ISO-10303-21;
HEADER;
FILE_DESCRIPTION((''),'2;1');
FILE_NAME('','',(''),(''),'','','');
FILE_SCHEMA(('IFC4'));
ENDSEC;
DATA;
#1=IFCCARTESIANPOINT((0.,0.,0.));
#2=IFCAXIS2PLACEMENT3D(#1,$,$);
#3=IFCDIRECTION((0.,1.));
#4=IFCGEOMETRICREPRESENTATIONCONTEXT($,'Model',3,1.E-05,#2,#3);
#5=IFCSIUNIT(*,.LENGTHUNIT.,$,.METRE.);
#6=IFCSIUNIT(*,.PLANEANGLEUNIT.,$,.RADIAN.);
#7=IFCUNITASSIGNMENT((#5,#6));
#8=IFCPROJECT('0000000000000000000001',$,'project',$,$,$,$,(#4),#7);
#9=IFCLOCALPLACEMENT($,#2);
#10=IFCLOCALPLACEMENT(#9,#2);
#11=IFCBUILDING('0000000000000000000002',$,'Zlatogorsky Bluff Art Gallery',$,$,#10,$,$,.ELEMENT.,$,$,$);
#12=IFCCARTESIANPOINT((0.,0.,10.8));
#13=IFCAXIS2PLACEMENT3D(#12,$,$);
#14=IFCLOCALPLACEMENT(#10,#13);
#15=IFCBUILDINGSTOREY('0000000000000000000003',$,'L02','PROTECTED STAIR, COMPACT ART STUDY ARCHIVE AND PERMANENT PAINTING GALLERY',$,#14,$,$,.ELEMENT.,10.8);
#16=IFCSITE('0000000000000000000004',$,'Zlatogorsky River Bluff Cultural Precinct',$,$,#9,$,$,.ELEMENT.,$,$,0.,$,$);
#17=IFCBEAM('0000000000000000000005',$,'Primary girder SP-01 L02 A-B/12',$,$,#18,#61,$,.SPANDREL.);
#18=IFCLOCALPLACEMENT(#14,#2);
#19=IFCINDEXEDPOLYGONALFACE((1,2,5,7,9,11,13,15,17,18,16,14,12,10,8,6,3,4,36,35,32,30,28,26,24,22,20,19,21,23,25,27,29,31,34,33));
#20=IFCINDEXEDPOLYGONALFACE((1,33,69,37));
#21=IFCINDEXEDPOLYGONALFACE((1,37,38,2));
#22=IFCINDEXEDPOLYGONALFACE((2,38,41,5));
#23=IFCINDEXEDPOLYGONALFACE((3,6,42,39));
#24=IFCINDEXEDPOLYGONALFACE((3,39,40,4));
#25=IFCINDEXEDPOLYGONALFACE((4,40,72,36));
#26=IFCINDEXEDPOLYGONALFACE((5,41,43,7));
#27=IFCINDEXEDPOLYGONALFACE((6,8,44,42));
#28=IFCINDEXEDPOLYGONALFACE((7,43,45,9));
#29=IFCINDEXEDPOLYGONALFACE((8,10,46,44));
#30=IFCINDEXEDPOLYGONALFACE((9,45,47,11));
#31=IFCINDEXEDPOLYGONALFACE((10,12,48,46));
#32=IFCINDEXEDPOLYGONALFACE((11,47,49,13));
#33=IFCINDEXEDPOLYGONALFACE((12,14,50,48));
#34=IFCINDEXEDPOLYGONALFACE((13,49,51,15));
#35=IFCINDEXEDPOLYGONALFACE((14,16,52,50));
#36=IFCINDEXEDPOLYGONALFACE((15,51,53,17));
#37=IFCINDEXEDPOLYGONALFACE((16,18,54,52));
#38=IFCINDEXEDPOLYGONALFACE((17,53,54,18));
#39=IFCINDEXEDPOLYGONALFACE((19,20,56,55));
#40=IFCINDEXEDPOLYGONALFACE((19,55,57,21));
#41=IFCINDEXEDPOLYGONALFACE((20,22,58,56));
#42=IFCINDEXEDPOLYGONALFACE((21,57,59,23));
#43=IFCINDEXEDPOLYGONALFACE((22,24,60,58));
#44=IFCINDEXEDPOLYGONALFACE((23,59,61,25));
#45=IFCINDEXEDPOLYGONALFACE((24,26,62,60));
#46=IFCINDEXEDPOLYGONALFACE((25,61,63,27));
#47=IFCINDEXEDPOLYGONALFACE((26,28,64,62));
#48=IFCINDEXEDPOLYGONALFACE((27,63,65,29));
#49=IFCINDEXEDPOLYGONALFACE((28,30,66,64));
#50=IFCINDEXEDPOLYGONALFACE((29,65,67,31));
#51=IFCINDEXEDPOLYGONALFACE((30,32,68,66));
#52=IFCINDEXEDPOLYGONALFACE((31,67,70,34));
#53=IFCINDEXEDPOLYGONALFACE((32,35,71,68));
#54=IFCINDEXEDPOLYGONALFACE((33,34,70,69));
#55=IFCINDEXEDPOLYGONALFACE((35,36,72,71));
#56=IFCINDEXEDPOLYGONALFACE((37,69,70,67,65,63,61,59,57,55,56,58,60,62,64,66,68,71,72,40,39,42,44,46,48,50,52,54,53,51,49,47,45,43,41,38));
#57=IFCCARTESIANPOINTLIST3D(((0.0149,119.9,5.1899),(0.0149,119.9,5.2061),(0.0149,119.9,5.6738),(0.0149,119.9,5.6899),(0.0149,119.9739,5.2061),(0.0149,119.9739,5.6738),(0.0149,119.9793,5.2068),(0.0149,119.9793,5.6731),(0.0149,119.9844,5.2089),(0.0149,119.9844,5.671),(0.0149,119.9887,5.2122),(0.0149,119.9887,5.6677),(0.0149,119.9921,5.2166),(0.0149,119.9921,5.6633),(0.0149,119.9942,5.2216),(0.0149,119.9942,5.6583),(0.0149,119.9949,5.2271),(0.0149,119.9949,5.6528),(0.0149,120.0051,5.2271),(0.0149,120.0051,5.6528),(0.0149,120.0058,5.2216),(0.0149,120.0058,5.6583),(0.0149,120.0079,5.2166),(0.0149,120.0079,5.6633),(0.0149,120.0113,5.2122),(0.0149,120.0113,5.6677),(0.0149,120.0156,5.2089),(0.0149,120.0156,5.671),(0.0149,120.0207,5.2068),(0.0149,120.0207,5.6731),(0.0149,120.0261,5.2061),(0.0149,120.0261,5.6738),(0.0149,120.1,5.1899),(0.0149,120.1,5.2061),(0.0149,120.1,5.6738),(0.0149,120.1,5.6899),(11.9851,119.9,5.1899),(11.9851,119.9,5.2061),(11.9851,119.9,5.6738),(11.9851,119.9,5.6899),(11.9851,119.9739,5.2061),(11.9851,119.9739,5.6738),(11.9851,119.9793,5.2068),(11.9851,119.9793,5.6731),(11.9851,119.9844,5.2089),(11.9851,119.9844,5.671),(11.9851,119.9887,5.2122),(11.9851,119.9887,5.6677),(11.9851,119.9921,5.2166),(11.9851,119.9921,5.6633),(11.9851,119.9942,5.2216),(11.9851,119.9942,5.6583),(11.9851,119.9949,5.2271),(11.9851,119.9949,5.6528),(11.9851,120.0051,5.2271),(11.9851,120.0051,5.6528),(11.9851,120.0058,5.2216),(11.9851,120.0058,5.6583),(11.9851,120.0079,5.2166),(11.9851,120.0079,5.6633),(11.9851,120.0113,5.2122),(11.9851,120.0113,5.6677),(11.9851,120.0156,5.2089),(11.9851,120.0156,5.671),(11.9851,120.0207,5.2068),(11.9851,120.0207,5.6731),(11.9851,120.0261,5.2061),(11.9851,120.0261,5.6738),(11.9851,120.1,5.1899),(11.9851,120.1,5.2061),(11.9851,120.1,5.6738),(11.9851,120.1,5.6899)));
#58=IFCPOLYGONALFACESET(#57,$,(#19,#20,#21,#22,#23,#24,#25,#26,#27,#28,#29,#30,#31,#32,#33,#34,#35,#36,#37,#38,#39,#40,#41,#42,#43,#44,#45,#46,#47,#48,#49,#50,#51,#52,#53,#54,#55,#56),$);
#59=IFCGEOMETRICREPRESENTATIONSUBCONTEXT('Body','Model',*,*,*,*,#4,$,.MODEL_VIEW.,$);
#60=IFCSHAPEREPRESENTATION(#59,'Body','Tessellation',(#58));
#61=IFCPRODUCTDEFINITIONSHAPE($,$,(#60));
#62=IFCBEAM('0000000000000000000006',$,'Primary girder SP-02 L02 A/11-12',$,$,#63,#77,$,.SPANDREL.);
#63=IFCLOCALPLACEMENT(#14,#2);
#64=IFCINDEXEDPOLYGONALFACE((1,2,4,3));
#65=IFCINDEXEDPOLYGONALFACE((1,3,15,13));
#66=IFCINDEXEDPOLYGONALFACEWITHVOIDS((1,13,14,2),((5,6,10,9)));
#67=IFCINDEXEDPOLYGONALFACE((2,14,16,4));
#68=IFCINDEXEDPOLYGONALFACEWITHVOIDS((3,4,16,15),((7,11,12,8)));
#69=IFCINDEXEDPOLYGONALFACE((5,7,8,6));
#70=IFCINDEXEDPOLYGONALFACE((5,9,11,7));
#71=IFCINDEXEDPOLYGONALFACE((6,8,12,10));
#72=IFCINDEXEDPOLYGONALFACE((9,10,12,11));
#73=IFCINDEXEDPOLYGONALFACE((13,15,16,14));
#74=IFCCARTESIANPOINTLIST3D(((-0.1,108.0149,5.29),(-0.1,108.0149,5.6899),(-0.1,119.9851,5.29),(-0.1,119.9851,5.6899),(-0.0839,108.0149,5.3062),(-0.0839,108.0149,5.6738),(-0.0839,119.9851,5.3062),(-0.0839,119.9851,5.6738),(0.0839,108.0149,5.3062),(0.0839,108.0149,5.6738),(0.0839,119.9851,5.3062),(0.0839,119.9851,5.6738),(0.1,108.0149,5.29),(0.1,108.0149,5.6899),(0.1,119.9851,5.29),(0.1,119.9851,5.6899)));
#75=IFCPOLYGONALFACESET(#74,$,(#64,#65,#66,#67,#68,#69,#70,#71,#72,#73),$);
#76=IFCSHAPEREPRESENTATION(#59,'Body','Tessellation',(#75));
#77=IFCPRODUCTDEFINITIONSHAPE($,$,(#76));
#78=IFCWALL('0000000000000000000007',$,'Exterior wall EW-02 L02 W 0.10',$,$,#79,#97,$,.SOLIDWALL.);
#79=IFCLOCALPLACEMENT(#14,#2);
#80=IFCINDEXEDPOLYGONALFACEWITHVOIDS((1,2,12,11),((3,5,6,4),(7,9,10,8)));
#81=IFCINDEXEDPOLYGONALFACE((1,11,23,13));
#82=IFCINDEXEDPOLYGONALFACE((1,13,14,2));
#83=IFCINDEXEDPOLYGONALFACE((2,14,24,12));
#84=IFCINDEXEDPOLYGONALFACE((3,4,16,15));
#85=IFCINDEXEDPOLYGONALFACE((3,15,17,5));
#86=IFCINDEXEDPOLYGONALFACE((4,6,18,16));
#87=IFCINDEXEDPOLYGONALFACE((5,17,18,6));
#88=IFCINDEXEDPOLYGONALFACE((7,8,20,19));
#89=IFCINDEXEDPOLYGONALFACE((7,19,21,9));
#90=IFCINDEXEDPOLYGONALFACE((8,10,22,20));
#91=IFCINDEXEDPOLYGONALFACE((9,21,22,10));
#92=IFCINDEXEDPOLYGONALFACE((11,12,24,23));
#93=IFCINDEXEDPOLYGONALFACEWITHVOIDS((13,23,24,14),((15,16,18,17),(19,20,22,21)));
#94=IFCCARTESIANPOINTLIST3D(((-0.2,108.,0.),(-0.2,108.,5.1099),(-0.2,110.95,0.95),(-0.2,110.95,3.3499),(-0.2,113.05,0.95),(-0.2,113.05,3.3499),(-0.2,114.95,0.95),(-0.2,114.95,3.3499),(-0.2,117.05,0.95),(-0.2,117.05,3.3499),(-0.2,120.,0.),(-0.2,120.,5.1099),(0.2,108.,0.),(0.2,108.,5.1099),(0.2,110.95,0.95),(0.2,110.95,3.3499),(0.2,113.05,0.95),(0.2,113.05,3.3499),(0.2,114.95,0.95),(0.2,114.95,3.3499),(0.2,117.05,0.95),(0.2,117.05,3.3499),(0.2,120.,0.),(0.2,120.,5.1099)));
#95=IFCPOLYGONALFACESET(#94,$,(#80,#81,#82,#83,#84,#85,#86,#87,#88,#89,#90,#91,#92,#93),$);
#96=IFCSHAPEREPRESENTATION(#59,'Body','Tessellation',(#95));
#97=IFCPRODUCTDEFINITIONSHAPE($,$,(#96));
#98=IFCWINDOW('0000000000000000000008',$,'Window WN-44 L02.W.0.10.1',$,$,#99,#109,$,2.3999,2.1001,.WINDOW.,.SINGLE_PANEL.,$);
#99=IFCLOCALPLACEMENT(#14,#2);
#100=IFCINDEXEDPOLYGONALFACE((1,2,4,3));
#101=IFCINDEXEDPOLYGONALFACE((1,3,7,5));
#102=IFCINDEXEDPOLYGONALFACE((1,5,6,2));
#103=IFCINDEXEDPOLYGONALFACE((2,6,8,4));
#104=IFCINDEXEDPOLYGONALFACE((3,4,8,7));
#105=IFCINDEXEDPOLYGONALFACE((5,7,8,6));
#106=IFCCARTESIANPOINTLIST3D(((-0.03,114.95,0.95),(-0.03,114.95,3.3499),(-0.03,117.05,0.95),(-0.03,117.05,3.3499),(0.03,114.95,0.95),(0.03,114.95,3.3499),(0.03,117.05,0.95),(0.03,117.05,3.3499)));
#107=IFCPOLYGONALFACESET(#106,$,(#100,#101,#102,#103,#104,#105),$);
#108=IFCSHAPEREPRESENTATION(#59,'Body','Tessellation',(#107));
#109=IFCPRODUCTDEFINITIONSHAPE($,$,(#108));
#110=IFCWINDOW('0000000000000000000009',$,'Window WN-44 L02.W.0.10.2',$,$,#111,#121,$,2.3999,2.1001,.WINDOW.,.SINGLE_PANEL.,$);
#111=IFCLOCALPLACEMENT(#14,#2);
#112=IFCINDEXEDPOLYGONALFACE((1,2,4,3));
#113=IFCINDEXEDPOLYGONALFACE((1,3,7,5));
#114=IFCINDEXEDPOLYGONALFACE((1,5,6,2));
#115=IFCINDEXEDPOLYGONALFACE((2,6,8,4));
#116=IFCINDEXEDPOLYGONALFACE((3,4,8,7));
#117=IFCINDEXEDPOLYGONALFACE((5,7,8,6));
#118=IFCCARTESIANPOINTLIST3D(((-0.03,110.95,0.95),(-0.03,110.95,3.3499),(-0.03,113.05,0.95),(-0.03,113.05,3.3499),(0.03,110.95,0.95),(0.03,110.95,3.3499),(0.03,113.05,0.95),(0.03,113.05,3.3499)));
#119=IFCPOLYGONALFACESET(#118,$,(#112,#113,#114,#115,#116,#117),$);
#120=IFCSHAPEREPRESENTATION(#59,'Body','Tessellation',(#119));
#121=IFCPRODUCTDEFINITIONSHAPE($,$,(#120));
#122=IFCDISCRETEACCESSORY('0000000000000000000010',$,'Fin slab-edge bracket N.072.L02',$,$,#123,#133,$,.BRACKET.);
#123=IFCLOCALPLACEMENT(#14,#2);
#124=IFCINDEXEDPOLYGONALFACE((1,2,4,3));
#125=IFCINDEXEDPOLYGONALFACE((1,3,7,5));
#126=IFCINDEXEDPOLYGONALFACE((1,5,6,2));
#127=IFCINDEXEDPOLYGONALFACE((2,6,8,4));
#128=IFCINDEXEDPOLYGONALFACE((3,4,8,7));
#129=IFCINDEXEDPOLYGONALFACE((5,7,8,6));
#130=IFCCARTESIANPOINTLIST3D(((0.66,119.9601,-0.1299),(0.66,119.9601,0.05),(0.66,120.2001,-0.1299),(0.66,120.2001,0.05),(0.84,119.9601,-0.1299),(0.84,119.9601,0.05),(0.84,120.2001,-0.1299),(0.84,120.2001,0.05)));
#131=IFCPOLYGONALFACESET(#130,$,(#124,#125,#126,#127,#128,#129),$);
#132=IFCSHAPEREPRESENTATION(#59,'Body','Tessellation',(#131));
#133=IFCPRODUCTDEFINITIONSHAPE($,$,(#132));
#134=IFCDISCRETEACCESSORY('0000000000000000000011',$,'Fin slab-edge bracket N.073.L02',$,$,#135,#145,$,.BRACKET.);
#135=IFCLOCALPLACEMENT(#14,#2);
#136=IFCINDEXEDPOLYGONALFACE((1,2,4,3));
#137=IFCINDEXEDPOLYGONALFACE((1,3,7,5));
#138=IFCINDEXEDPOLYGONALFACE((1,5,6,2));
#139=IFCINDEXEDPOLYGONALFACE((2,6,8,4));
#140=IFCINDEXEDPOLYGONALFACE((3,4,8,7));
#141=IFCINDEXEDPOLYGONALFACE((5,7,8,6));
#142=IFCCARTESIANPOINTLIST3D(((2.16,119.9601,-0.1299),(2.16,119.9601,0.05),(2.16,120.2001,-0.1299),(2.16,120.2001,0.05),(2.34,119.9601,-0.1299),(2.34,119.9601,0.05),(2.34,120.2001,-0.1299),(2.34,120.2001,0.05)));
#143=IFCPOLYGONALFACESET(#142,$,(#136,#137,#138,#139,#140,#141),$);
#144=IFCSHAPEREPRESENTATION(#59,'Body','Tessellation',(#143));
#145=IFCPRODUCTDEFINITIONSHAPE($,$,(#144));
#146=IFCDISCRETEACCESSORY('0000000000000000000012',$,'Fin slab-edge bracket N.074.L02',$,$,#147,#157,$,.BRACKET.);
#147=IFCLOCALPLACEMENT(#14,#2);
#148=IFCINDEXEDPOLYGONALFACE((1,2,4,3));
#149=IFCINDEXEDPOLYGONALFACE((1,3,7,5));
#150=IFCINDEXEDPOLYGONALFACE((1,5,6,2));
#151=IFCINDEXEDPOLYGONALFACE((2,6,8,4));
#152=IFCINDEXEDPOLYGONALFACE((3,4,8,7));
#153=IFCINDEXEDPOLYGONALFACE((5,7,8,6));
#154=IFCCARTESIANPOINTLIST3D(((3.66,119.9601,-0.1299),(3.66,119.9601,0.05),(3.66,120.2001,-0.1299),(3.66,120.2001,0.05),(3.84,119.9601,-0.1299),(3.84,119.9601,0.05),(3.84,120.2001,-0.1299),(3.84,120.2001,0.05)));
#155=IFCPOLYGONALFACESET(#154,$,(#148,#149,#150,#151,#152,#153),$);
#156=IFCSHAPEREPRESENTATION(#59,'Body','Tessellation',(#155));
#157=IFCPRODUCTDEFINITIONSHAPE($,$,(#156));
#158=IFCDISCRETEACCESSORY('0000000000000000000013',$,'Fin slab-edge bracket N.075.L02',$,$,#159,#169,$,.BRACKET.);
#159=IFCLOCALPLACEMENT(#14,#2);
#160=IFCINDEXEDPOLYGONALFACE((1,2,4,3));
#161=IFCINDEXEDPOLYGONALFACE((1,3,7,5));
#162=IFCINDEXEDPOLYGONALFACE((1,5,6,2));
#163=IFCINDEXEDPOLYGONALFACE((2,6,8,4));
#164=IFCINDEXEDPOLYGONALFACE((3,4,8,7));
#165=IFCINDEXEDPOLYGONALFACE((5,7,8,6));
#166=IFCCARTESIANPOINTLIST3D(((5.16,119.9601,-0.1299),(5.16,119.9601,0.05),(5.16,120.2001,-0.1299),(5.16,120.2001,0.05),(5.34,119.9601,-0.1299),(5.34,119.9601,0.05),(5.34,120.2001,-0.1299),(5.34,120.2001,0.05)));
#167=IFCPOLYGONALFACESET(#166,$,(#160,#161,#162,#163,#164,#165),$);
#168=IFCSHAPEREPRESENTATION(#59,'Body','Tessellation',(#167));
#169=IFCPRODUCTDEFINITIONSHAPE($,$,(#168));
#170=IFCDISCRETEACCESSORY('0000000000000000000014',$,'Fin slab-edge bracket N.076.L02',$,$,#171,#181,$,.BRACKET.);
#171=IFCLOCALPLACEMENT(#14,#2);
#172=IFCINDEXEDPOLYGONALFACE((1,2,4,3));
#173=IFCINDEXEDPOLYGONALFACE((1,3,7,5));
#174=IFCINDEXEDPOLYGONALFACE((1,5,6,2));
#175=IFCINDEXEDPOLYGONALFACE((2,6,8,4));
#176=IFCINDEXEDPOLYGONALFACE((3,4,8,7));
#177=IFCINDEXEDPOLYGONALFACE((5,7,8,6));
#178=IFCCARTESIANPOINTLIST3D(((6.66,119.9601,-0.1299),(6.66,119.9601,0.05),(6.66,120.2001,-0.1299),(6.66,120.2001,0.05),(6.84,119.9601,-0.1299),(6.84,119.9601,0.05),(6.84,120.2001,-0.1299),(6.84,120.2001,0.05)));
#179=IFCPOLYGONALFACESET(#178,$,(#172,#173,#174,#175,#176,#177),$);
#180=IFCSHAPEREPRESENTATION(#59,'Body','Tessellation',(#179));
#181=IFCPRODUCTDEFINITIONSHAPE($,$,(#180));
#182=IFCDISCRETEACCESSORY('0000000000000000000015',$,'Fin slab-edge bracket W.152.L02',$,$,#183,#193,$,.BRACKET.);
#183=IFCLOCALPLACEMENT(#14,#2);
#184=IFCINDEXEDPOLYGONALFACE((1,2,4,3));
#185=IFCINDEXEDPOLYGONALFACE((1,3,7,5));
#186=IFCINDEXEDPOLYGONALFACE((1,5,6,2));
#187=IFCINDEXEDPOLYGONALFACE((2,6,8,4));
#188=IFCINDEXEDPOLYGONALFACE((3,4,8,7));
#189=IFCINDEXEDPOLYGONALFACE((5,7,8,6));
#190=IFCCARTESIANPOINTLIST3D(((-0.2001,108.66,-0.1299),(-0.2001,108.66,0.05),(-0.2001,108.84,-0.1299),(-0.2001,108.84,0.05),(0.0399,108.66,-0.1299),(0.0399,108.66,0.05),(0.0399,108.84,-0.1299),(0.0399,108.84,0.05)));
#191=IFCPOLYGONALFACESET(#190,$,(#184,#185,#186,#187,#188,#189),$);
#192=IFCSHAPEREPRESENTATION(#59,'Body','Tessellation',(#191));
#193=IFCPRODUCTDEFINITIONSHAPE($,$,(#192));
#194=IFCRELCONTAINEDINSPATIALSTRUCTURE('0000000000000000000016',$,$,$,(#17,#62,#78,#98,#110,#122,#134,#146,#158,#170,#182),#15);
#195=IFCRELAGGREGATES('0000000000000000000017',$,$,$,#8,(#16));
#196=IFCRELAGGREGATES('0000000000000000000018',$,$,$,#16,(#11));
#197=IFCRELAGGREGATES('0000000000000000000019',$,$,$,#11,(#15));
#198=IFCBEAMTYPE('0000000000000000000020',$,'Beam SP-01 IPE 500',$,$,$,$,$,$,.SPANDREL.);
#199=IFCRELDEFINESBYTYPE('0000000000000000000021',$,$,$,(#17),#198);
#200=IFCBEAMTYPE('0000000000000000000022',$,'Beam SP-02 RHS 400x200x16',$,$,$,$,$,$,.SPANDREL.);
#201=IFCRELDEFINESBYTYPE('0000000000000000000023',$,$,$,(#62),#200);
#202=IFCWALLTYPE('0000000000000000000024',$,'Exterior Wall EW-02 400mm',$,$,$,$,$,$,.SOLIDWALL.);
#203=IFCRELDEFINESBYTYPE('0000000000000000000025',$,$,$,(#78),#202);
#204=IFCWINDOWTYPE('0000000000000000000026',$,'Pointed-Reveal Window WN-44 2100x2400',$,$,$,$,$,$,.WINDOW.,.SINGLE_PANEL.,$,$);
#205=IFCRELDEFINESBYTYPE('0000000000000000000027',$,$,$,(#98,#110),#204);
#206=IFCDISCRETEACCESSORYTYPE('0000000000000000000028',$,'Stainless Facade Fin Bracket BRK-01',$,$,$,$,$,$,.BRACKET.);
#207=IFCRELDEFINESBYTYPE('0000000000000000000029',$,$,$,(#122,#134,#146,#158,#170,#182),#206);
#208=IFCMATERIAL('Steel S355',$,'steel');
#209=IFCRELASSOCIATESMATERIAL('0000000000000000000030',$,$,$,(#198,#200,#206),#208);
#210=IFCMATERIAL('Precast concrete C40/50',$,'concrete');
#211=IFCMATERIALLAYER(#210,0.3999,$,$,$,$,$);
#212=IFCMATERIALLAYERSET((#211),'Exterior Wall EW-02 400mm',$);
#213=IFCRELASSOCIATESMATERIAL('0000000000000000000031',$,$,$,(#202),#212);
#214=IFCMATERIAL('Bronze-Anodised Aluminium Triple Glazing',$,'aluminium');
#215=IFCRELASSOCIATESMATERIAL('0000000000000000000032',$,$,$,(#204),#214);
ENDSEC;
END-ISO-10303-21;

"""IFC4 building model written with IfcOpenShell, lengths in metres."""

from ifc_helpers import new_model, si_unit, direction, frame, frame_2d, origin, origin_2d, place, context, subcontext, project, spatial, rectangle, hollow_rectangle, i_section, extrude, material, layer, layer_set, material_profile, profile_set, type_object, element, fill, save


model = new_model("IFC4")

# Units and contexts
model_context = context("Model", 3, precision=1e-05, world=origin(), true_north=direction((0.0, 1.0)))
body_context = subcontext(model_context, "Body", "Model", "MODEL_VIEW")
ifc_project = project(units=[si_unit("LENGTHUNIT", "METRE"), si_unit("PLANEANGLEUNIT", "RADIAN")], contexts=[model_context])

# Site, building, storey
site_placement = place(None, origin())
site = spatial("IfcSite", under=ifc_project, at=site_placement, Name="Zlatogorsky River Bluff Cultural Precinct", CompositionType="ELEMENT", RefElevation=0.0)
building_placement = place(site_placement, origin())
building = spatial("IfcBuilding", under=site, at=building_placement, Name="Zlatogorsky Bluff Art Gallery", CompositionType="ELEMENT")
storey_placement = place(building_placement, frame((0.0, 0.0, 10.8)))
storey = spatial("IfcBuildingStorey", under=building, at=storey_placement, Name="L02", Description="PROTECTED STAIR, COMPACT ART STUDY ARCHIVE AND PERMANENT PAINTING GALLERY", CompositionType="ELEMENT", Elevation=10.8)

# Shared definitions
ifc_material_1 = material(Name="Steel S355", Category="steel")

# Beams
ifc_material_profile_1 = material_profile(ifc_material_1, i_section(OverallWidth=0.2, OverallDepth=0.5, WebThickness=0.0103, FlangeThickness=0.0161, FilletRadius=0.021, at=origin_2d()), Name="IPE 500")
ifc_profile_set_1 = profile_set([ifc_material_profile_1], Name="Steel S355")
beam_type_1 = type_object("IfcBeamType", Name="Beam SP-01 IPE 500", PredefinedType="SPANDREL", material=ifc_profile_set_1)
beam_1_placement = place(storey_placement, frame((0.0149, 120.0, 5.4399), z_axis=(1.0, 0.0, 0.0), x_axis=(0.0, 1.0, 0.0)))
element("IfcBeam", 1, at=beam_1_placement, inside=storey, type_object=beam_type_1, Name="Primary girder SP-01 L02 A-B/12", PredefinedType="SPANDREL", context=body_context, shape_type="SweptSolid", body=[
    extrude(i_section(OverallWidth=0.2, OverallDepth=0.5, WebThickness=0.0103, FlangeThickness=0.0161, FilletRadius=0.021, at=origin_2d()), origin(), (0.0, 0.0, 1.0), 11.9702),
])
ifc_material_profile_2 = material_profile(ifc_material_1, hollow_rectangle(XDim=0.2, YDim=0.3999, WallThickness=0.0161, at=origin_2d()), Name="RHS 400x200x16")
ifc_profile_set_2 = profile_set([ifc_material_profile_2], Name="Steel S355")
beam_type_2 = type_object("IfcBeamType", Name="Beam SP-02 RHS 400x200x16", PredefinedType="SPANDREL", material=ifc_profile_set_2)
beam_2_placement = place(storey_placement, frame((0.0, 108.0149, 5.49), z_axis=(0.0, 1.0, 0.0), x_axis=(-1.0, 0.0, 0.0)))
element("IfcBeam", 2, at=beam_2_placement, inside=storey, type_object=beam_type_2, Name="Primary girder SP-02 L02 A/11-12", PredefinedType="SPANDREL", context=body_context, shape_type="SweptSolid", body=[
    extrude(hollow_rectangle(XDim=0.2, YDim=0.3999, WallThickness=0.0161, at=origin_2d()), origin(), (0.0, 0.0, 1.0), 11.9702),
])

# Wall, openings, windows
ifc_material_2 = material(Name="Precast concrete C40/50", Category="concrete")
ifc_layer = layer(ifc_material_2, 0.3999)
ifc_layer_set = layer_set([ifc_layer], Name="Exterior Wall EW-02 400mm")
wall_type = type_object("IfcWallType", Name="Exterior Wall EW-02 400mm", PredefinedType="SOLIDWALL", material=ifc_layer_set)
wall_placement = place(storey_placement, frame((0.0, 120.0, 0.0), z_axis=(0.0, 0.0, 1.0), x_axis=(0.0, -1.0, 0.0)))
wall = element("IfcWall", 3, at=wall_placement, inside=storey, type_object=wall_type, Name="Exterior wall EW-02 L02 W 0.10", PredefinedType="SOLIDWALL", context=body_context, shape_type="SweptSolid", body=[
    extrude(rectangle(XDim=12.0, YDim=0.3999, at=frame_2d((6.0, 0.0))), origin(), (0.0, 0.0, 1.0), 5.1099),
])
opening_1_placement = place(wall_placement, frame((2.95, 0.0, 0.95)))
opening_1 = element("IfcOpeningElement", 4, at=opening_1_placement, cuts=wall, PredefinedType="OPENING", context=body_context, shape_type="SweptSolid", body=[
    extrude(rectangle(XDim=2.1001, YDim=2.3999, at=frame_2d((1.05, 1.2))), frame((0.0, 0.21, 0.0), z_axis=(0.0, -1.0, 0.0), x_axis=(1.0, 0.0, 0.0)), (0.0, 0.0, 1.0), 0.4199),
])
opening_2_placement = place(wall_placement, frame((6.95, 0.0, 0.95)))
opening_2 = element("IfcOpeningElement", 5, at=opening_2_placement, cuts=wall, PredefinedType="OPENING", context=body_context, shape_type="SweptSolid", body=[
    extrude(rectangle(XDim=2.1001, YDim=2.3999, at=frame_2d((1.05, 1.2))), frame((0.0, 0.21, 0.0), z_axis=(0.0, -1.0, 0.0), x_axis=(1.0, 0.0, 0.0)), (0.0, 0.0, 1.0), 0.4199),
])
ifc_material_3 = material(Name="Bronze-Anodised Aluminium Triple Glazing", Category="aluminium")
window_type = type_object("IfcWindowType", Name="Pointed-Reveal Window WN-44 2100x2400", PartitioningType="SINGLE_PANEL", PredefinedType="WINDOW", material=ifc_material_3)
window_1_placement = place(opening_1_placement, origin())
window_1 = element("IfcWindow", 6, at=window_1_placement, inside=storey, type_object=window_type, Name="Window WN-44 L02.W.0.10.1", OverallHeight=2.3999, OverallWidth=2.1001, PartitioningType="SINGLE_PANEL", PredefinedType="WINDOW", context=body_context, shape_type="SweptSolid", body=[
    extrude(rectangle(XDim=2.1001, YDim=2.3999, at=frame_2d((1.05, 1.2))), frame((0.0, 0.03, 0.0), z_axis=(0.0, -1.0, 0.0), x_axis=(1.0, 0.0, 0.0)), (0.0, 0.0, 1.0), 0.0601),
])
fill(opening_1, window_1)
window_2_placement = place(opening_2_placement, origin())
window_2 = element("IfcWindow", 7, at=window_2_placement, inside=storey, type_object=window_type, Name="Window WN-44 L02.W.0.10.2", OverallHeight=2.3999, OverallWidth=2.1001, PartitioningType="SINGLE_PANEL", PredefinedType="WINDOW", context=body_context, shape_type="SweptSolid", body=[
    extrude(rectangle(XDim=2.1001, YDim=2.3999, at=frame_2d((1.05, 1.2))), frame((0.0, 0.03, 0.0), z_axis=(0.0, -1.0, 0.0), x_axis=(1.0, 0.0, 0.0)), (0.0, 0.0, 1.0), 0.0601),
])
fill(opening_2, window_2)

# Discrete accessories
discrete_accessory_type = type_object("IfcDiscreteAccessoryType", Name="Stainless Facade Fin Bracket BRK-01", PredefinedType="BRACKET", material=ifc_material_1)
for number, where, z_axis, x_axis, name in (
    (8, (0.75, 120.0801, -0.1299), (0.0, 0.0, 1.0), (1.0, 0.0, 0.0), "Fin slab-edge bracket N.072.L02"),
    (9, (2.25, 120.0801, -0.1299), (0.0, 0.0, 1.0), (1.0, 0.0, 0.0), "Fin slab-edge bracket N.073.L02"),
    (10, (3.75, 120.0801, -0.1299), (0.0, 0.0, 1.0), (1.0, 0.0, 0.0), "Fin slab-edge bracket N.074.L02"),
    (11, (5.25, 120.0801, -0.1299), (0.0, 0.0, 1.0), (1.0, 0.0, 0.0), "Fin slab-edge bracket N.075.L02"),
    (12, (6.75, 120.0801, -0.1299), (0.0, 0.0, 1.0), (1.0, 0.0, 0.0), "Fin slab-edge bracket N.076.L02"),
):
    element("IfcDiscreteAccessory", number, at=place(storey_placement, frame(where, z_axis=z_axis, x_axis=x_axis)), inside=storey, type_object=discrete_accessory_type, Name=name, PredefinedType="BRACKET", context=body_context, shape_type="SweptSolid", body=[
        extrude(rectangle(XDim=0.1799, YDim=0.24, at=origin_2d()), origin(), (0.0, 0.0, 1.0), 0.1799),
    ])
for number, where, z_axis, x_axis, name in (
    (13, (-0.0801, 108.75, -0.1299), (0.0, 0.0, 1.0), (1.0, 0.0, 0.0), "Fin slab-edge bracket W.152.L02"),
):
    element("IfcDiscreteAccessory", number, at=place(storey_placement, frame(where, z_axis=z_axis, x_axis=x_axis)), inside=storey, type_object=discrete_accessory_type, Name=name, PredefinedType="BRACKET", context=body_context, shape_type="SweptSolid", body=[
        extrude(rectangle(XDim=0.24, YDim=0.1799, at=origin_2d()), origin(), (0.0, 0.0, 1.0), 0.1799),
    ])

save(model, "model.ifc")
